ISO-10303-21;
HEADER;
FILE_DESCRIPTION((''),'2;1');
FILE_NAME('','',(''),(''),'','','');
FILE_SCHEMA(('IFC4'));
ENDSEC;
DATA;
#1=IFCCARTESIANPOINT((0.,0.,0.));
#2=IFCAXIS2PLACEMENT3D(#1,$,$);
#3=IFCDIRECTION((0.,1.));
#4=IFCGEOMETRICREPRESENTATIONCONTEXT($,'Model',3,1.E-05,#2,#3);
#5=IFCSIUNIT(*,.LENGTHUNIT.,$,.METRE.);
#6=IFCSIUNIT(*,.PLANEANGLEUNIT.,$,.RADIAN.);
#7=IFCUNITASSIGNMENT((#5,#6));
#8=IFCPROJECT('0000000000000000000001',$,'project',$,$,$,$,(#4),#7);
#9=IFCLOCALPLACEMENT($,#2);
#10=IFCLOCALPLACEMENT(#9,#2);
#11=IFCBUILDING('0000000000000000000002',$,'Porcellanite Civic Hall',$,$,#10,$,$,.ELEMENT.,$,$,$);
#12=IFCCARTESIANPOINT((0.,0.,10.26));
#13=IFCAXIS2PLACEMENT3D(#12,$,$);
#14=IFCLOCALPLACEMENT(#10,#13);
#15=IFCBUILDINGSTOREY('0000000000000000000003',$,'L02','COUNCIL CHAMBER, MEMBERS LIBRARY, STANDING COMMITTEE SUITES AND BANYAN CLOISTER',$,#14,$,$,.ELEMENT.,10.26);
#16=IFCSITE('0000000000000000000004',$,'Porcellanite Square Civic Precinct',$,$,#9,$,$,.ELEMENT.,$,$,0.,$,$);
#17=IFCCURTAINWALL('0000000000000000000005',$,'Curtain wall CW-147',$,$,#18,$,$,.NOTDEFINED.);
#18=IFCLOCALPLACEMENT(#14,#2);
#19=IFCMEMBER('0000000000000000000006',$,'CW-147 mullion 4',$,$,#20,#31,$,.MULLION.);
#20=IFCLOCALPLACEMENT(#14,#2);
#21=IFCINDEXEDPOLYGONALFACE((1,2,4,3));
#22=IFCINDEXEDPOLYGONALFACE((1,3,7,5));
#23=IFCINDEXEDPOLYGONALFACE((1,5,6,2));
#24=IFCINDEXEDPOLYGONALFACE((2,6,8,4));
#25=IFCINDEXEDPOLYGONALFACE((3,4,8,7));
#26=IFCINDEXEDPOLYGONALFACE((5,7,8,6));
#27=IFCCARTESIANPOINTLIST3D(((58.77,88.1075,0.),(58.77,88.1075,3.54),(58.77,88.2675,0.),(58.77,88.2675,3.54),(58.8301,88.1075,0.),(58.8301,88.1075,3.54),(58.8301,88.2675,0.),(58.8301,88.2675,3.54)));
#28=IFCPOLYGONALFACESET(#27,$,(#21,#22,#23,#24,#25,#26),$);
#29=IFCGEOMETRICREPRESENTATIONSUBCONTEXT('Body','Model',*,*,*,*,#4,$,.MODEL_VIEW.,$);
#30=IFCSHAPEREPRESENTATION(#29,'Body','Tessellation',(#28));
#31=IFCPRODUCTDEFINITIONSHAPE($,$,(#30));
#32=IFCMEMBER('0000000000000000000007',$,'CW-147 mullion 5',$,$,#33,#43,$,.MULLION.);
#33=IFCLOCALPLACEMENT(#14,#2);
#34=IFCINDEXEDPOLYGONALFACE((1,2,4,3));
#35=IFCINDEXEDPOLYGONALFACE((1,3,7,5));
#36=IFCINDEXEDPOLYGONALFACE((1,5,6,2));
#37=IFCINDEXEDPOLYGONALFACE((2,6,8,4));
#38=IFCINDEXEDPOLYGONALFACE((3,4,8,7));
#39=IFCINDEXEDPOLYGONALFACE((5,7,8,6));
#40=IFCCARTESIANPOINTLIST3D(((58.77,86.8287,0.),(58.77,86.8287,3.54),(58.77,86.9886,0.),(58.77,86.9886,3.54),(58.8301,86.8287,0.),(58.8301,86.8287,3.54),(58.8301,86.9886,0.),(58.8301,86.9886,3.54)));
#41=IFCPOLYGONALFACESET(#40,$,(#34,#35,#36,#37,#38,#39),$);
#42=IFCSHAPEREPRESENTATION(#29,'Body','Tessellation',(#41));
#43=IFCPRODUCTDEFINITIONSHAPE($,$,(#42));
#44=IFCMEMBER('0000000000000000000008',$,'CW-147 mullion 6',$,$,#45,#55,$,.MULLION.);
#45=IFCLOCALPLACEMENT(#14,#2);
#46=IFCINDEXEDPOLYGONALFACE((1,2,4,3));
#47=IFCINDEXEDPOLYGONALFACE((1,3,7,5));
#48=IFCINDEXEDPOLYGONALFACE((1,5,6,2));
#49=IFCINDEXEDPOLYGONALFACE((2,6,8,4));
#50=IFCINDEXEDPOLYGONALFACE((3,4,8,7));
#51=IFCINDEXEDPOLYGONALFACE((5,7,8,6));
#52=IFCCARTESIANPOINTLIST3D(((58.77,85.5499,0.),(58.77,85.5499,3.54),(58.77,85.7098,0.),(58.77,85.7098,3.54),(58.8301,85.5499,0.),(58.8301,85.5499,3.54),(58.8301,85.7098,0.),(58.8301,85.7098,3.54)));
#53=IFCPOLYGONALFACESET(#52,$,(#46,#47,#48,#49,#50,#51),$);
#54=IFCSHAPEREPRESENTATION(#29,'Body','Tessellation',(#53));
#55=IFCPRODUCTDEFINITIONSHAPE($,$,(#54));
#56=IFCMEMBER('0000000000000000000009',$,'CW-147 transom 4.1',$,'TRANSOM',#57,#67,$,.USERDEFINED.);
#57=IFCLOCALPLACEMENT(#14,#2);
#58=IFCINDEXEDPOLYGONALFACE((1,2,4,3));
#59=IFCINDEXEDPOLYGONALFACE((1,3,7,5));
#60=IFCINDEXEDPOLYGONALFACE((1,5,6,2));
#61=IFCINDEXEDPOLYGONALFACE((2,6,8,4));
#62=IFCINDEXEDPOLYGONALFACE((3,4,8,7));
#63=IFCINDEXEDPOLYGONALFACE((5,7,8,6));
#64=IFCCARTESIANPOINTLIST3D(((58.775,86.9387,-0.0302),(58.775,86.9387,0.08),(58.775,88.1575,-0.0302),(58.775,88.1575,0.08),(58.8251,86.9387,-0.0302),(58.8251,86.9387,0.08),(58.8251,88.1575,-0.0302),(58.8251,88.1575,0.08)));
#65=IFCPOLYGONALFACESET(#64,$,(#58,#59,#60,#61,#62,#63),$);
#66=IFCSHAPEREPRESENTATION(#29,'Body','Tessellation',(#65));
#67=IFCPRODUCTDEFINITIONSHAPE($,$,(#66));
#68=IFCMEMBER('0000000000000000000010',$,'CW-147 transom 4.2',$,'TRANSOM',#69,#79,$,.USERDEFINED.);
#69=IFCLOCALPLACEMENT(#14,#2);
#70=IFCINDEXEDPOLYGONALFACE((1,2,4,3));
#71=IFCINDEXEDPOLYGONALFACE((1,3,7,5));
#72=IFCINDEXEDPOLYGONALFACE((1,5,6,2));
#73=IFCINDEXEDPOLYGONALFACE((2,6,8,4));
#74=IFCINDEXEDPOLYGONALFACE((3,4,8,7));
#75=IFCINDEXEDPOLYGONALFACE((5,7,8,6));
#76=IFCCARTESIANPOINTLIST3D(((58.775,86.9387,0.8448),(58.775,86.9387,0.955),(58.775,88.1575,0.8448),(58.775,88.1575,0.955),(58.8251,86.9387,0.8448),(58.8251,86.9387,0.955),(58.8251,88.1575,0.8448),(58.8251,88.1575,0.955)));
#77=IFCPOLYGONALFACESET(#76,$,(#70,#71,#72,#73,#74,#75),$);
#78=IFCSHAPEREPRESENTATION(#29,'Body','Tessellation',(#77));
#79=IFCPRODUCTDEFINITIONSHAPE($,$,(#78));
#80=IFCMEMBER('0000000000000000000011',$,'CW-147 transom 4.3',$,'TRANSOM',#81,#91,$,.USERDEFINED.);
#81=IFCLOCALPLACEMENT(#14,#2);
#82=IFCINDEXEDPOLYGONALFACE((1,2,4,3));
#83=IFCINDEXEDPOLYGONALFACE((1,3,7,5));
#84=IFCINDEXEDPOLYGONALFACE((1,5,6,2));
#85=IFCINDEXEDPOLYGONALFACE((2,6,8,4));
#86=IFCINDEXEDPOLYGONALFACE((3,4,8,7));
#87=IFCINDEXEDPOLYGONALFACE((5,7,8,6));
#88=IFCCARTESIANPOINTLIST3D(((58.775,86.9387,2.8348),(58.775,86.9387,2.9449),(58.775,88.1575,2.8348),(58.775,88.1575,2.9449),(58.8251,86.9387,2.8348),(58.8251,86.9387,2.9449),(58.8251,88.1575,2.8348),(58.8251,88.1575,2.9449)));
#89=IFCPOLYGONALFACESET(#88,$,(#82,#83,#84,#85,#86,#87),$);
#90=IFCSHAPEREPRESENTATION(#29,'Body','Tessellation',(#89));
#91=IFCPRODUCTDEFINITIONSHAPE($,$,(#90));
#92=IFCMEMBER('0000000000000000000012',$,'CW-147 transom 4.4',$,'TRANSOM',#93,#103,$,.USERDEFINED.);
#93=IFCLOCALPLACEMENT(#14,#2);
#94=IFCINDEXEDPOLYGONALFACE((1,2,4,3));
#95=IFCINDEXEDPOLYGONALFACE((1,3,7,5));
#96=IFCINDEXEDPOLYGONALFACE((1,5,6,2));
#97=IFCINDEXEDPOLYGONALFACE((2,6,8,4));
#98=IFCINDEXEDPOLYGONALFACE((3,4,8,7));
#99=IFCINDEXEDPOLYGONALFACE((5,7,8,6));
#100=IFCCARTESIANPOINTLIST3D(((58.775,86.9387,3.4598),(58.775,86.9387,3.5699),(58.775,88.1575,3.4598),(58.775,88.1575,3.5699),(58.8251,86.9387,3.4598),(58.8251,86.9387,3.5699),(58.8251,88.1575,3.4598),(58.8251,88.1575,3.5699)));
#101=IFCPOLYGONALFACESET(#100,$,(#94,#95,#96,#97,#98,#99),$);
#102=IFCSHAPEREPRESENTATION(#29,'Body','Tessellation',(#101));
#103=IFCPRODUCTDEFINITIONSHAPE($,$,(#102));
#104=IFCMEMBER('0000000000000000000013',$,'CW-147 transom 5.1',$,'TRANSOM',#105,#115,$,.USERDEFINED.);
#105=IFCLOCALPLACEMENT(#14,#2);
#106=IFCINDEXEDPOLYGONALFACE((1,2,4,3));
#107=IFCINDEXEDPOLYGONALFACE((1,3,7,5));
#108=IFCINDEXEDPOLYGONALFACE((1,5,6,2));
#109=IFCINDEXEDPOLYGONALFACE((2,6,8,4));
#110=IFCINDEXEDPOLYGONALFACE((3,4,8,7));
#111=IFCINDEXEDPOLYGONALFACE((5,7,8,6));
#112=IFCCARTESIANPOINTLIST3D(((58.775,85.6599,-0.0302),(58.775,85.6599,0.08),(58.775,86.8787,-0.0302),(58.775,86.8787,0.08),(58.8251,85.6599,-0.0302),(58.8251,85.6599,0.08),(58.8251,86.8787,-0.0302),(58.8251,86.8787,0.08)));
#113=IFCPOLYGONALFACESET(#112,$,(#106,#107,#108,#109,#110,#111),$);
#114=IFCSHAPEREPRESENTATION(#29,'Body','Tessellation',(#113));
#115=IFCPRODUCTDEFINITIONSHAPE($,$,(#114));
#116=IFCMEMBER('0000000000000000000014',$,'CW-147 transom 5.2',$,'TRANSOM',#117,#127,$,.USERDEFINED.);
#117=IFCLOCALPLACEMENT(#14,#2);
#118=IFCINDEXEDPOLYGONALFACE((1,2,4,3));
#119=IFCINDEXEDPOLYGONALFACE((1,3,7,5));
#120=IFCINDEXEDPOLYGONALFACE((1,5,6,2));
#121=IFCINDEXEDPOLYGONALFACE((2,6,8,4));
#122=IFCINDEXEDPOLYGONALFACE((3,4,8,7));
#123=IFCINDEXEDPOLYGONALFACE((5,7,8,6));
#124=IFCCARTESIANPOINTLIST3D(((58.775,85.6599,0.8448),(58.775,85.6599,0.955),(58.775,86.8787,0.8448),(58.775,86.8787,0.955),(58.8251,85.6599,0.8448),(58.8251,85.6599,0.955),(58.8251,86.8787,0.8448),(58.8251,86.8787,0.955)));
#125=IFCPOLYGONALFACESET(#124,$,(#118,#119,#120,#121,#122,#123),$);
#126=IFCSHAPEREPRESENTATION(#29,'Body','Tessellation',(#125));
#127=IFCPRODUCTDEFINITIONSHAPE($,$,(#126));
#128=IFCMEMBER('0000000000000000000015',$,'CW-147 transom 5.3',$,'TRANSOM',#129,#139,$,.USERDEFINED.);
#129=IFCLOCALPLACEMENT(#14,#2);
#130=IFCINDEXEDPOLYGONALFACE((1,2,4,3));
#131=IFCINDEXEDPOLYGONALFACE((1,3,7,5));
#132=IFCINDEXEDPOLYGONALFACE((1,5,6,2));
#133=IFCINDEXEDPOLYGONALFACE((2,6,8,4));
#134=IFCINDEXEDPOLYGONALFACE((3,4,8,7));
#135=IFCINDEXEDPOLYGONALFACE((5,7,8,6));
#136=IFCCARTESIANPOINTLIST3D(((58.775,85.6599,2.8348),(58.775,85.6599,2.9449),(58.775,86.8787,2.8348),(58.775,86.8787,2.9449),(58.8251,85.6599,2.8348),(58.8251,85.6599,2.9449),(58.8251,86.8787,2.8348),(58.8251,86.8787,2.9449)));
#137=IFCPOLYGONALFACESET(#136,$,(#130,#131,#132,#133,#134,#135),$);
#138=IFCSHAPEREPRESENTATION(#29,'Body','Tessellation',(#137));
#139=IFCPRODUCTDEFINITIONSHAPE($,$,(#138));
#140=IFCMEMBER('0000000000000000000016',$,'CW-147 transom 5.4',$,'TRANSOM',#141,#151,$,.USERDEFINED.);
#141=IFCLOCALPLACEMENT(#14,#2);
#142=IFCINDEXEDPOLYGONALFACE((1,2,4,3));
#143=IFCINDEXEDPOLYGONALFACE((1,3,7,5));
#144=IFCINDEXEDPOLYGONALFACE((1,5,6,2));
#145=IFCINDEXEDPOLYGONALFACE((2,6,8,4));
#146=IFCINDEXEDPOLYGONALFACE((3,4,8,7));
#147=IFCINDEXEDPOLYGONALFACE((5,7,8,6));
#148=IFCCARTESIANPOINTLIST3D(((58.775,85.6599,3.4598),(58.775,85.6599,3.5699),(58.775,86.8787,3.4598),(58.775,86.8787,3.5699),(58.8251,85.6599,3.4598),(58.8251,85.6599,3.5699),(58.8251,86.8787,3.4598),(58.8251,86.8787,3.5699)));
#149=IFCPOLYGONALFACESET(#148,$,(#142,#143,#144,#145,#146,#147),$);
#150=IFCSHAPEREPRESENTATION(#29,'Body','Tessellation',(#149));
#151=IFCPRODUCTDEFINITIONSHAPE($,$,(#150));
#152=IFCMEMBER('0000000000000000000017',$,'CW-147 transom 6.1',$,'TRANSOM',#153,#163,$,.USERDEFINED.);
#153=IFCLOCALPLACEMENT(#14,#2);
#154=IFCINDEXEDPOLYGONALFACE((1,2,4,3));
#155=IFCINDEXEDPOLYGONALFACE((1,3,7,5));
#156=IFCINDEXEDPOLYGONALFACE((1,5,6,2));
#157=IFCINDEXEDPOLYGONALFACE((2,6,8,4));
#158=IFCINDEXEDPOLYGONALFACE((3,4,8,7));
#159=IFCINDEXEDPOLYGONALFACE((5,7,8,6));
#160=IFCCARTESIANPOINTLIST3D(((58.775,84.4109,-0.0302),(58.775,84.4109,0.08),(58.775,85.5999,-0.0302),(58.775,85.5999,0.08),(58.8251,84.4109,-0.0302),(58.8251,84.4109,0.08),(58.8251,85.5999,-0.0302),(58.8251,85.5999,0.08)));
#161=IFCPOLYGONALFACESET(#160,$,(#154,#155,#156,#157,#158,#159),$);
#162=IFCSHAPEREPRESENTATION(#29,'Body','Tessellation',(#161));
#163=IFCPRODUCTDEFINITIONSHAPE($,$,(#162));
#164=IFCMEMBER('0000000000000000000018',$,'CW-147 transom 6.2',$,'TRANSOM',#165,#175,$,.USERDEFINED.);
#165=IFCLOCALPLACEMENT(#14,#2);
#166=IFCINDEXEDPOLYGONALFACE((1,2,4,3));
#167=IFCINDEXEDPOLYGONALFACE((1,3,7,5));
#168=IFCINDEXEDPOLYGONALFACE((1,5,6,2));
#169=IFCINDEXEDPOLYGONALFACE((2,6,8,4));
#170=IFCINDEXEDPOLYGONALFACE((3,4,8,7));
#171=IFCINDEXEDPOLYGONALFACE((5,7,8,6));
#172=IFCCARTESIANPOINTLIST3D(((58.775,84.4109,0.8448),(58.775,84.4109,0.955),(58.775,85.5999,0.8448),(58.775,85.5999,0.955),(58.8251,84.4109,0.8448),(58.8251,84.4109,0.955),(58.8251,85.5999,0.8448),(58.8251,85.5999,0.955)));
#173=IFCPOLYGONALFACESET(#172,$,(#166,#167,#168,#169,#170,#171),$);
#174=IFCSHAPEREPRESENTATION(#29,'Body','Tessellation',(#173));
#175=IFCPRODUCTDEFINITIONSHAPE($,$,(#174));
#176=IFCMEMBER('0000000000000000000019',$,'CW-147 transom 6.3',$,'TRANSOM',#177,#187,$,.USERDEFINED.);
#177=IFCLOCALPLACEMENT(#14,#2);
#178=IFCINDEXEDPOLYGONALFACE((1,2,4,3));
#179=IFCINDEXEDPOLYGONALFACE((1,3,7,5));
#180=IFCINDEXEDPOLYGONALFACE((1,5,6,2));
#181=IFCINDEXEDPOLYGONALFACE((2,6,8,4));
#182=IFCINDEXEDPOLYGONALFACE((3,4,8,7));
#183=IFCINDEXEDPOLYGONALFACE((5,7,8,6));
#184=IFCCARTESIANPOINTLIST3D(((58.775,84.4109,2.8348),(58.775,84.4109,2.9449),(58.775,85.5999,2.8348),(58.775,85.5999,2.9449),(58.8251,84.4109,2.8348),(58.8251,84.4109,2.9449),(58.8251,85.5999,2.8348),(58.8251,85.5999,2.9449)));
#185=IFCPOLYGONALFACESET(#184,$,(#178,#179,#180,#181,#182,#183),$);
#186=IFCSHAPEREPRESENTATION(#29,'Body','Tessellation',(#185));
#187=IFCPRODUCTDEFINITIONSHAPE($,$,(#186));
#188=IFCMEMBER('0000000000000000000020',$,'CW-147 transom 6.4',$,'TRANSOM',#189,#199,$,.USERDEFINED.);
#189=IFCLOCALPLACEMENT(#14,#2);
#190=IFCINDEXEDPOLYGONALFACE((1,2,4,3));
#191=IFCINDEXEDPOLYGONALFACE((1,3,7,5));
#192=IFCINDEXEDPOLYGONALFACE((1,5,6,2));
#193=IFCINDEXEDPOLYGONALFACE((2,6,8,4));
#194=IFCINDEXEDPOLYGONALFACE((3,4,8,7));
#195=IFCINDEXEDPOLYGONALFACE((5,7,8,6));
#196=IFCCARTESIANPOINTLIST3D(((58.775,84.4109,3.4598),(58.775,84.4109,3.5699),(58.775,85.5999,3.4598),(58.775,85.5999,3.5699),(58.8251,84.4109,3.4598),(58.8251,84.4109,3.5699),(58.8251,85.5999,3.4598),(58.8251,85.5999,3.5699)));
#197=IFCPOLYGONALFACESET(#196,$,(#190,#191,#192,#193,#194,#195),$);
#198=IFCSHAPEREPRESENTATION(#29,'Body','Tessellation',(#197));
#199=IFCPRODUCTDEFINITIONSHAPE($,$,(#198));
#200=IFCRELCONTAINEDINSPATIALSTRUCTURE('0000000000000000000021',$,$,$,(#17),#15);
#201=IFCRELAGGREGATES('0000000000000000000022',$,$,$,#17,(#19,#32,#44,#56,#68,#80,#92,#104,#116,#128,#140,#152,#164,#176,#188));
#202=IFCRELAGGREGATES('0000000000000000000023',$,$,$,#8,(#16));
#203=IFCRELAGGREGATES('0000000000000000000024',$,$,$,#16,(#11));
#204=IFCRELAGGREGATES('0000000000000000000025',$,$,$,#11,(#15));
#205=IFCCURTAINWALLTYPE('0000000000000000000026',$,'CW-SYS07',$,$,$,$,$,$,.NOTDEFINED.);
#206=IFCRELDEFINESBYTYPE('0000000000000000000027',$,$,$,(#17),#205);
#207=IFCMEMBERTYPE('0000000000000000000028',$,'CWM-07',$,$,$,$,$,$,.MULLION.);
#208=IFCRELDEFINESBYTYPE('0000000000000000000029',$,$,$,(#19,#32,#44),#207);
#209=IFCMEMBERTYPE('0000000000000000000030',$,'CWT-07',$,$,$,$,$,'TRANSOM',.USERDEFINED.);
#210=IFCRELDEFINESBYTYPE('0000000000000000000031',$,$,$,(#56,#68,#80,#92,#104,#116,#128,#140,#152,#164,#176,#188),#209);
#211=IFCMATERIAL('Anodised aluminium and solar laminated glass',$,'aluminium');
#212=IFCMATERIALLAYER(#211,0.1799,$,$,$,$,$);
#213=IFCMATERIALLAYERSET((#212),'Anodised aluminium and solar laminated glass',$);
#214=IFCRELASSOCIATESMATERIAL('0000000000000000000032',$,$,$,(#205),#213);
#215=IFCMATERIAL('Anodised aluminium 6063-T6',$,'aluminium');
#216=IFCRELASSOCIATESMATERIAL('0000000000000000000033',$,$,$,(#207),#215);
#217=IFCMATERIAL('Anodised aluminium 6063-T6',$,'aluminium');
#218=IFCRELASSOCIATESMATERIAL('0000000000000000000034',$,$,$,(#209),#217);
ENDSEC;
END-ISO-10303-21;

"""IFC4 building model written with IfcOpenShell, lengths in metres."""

from ifc_helpers import new_model, si_unit, direction, frame, origin, origin_2d, place, context, subcontext, project, spatial, rectangle, extrude, material, layer, layer_set, material_profile, profile_set, type_object, element, aggregate, save


model = new_model("IFC4")

# Units and contexts
model_context = context("Model", 3, precision=1e-05, world=origin(), true_north=direction((0.0, 1.0)))
body_context = subcontext(model_context, "Body", "Model", "MODEL_VIEW")
ifc_project = project(units=[si_unit("LENGTHUNIT", "METRE"), si_unit("PLANEANGLEUNIT", "RADIAN")], contexts=[model_context])

# Site, building, storey
site_placement = place(None, origin())
site = spatial("IfcSite", under=ifc_project, at=site_placement, Name="Porcellanite Square Civic Precinct", CompositionType="ELEMENT", RefElevation=0.0)
building_placement = place(site_placement, origin())
building = spatial("IfcBuilding", under=site, at=building_placement, Name="Porcellanite Civic Hall", CompositionType="ELEMENT")
storey_placement = place(building_placement, frame((0.0, 0.0, 10.26)))
storey = spatial("IfcBuildingStorey", under=building, at=storey_placement, Name="L02", Description="COUNCIL CHAMBER, MEMBERS LIBRARY, STANDING COMMITTEE SUITES AND BANYAN CLOISTER", CompositionType="ELEMENT", Elevation=10.26)

# Curtain wall, members
ifc_material_1 = material(Name="Anodised aluminium and solar laminated glass", Category="aluminium")
ifc_layer_1 = layer(ifc_material_1, 0.1799)
ifc_layer_set_1 = layer_set([ifc_layer_1], Name="Anodised aluminium and solar laminated glass")
curtain_wall_type = type_object("IfcCurtainWallType", Name="CW-SYS07", PredefinedType="NOTDEFINED", material=ifc_layer_set_1)
curtain_wall_placement = place(storey_placement, origin())
curtain_wall = element("IfcCurtainWall", 1, at=curtain_wall_placement, inside=storey, type_object=curtain_wall_type, Name="Curtain wall CW-147", PredefinedType="NOTDEFINED")
ifc_material_2 = material(Name="Anodised aluminium 6063-T6", Category="aluminium")
ifc_material_profile_1 = material_profile(ifc_material_2, rectangle(XDim=0.0601, YDim=0.1599, at=origin_2d()), Name="AL-60x160")
ifc_profile_set_1 = profile_set([ifc_material_profile_1], Name="Anodised aluminium 6063-T6")
member_type_1 = type_object("IfcMemberType", Name="CWM-07", PredefinedType="MULLION", material=ifc_profile_set_1)
member_1_placement = place(storey_placement, frame((58.8, 88.1875, 0.0), z_axis=(0.0, 0.0, 1.0), x_axis=(1.0, 0.0, 0.0)))
member_1 = element("IfcMember", 2, at=member_1_placement, type_object=member_type_1, Name="CW-147 mullion 4", PredefinedType="MULLION", context=body_context, shape_type="SweptSolid", body=[
    extrude(rectangle(XDim=0.0601, YDim=0.1599, at=origin_2d()), origin(), (0.0, 0.0, 1.0), 3.54),
])
member_2_placement = place(storey_placement, frame((58.8, 86.9087, 0.0), z_axis=(0.0, 0.0, 1.0), x_axis=(1.0, 0.0, 0.0)))
member_2 = element("IfcMember", 3, at=member_2_placement, type_object=member_type_1, Name="CW-147 mullion 5", PredefinedType="MULLION", context=body_context, shape_type="SweptSolid", body=[
    extrude(rectangle(XDim=0.0601, YDim=0.1599, at=origin_2d()), origin(), (0.0, 0.0, 1.0), 3.54),
])
member_3_placement = place(storey_placement, frame((58.8, 85.6299, 0.0), z_axis=(0.0, 0.0, 1.0), x_axis=(1.0, 0.0, 0.0)))
member_3 = element("IfcMember", 4, at=member_3_placement, type_object=member_type_1, Name="CW-147 mullion 6", PredefinedType="MULLION", context=body_context, shape_type="SweptSolid", body=[
    extrude(rectangle(XDim=0.0601, YDim=0.1599, at=origin_2d()), origin(), (0.0, 0.0, 1.0), 3.54),
])
ifc_material_3 = material(Name="Anodised aluminium 6063-T6", Category="aluminium")
ifc_material_profile_2 = material_profile(ifc_material_3, rectangle(XDim=0.05, YDim=0.1101, at=origin_2d()), Name="AL-50x110")
ifc_profile_set_2 = profile_set([ifc_material_profile_2], Name="Anodised aluminium 6063-T6")
member_type_2 = type_object("IfcMemberType", Name="CWT-07", ElementType="TRANSOM", PredefinedType="USERDEFINED", material=ifc_profile_set_2)
member_4_placement = place(storey_placement, frame((58.8, 88.1575, 0.0249), z_axis=(0.0, -1.0, 0.0), x_axis=(1.0, 0.0, 0.0)))
member_4 = element("IfcMember", 5, at=member_4_placement, type_object=member_type_2, Name="CW-147 transom 4.1", ObjectType="TRANSOM", PredefinedType="USERDEFINED", context=body_context, shape_type="SweptSolid", body=[
    extrude(rectangle(XDim=0.05, YDim=0.1101, at=origin_2d()), origin(), (0.0, 0.0, 1.0), 1.2188),
])
member_5_placement = place(storey_placement, frame((58.8, 88.1575, 0.8999), z_axis=(0.0, -1.0, 0.0), x_axis=(1.0, 0.0, 0.0)))
member_5 = element("IfcMember", 6, at=member_5_placement, type_object=member_type_2, Name="CW-147 transom 4.2", ObjectType="TRANSOM", PredefinedType="USERDEFINED", context=body_context, shape_type="SweptSolid", body=[
    extrude(rectangle(XDim=0.05, YDim=0.1101, at=origin_2d()), origin(), (0.0, 0.0, 1.0), 1.2188),
])
member_6_placement = place(storey_placement, frame((58.8, 88.1575, 2.8899), z_axis=(0.0, -1.0, 0.0), x_axis=(1.0, 0.0, 0.0)))
member_6 = element("IfcMember", 7, at=member_6_placement, type_object=member_type_2, Name="CW-147 transom 4.3", ObjectType="TRANSOM", PredefinedType="USERDEFINED", context=body_context, shape_type="SweptSolid", body=[
    extrude(rectangle(XDim=0.05, YDim=0.1101, at=origin_2d()), origin(), (0.0, 0.0, 1.0), 1.2188),
])
member_7_placement = place(storey_placement, frame((58.8, 88.1575, 3.5149), z_axis=(0.0, -1.0, 0.0), x_axis=(1.0, 0.0, 0.0)))
member_7 = element("IfcMember", 8, at=member_7_placement, type_object=member_type_2, Name="CW-147 transom 4.4", ObjectType="TRANSOM", PredefinedType="USERDEFINED", context=body_context, shape_type="SweptSolid", body=[
    extrude(rectangle(XDim=0.05, YDim=0.1101, at=origin_2d()), origin(), (0.0, 0.0, 1.0), 1.2188),
])
member_8_placement = place(storey_placement, frame((58.8, 86.8787, 0.0249), z_axis=(0.0, -1.0, 0.0), x_axis=(1.0, 0.0, 0.0)))
member_8 = element("IfcMember", 9, at=member_8_placement, type_object=member_type_2, Name="CW-147 transom 5.1", ObjectType="TRANSOM", PredefinedType="USERDEFINED", context=body_context, shape_type="SweptSolid", body=[
    extrude(rectangle(XDim=0.05, YDim=0.1101, at=origin_2d()), origin(), (0.0, 0.0, 1.0), 1.2188),
])
member_9_placement = place(storey_placement, frame((58.8, 86.8787, 0.8999), z_axis=(0.0, -1.0, 0.0), x_axis=(1.0, 0.0, 0.0)))
member_9 = element("IfcMember", 10, at=member_9_placement, type_object=member_type_2, Name="CW-147 transom 5.2", ObjectType="TRANSOM", PredefinedType="USERDEFINED", context=body_context, shape_type="SweptSolid", body=[
    extrude(rectangle(XDim=0.05, YDim=0.1101, at=origin_2d()), origin(), (0.0, 0.0, 1.0), 1.2188),
])
member_10_placement = place(storey_placement, frame((58.8, 86.8787, 2.8899), z_axis=(0.0, -1.0, 0.0), x_axis=(1.0, 0.0, 0.0)))
member_10 = element("IfcMember", 11, at=member_10_placement, type_object=member_type_2, Name="CW-147 transom 5.3", ObjectType="TRANSOM", PredefinedType="USERDEFINED", context=body_context, shape_type="SweptSolid", body=[
    extrude(rectangle(XDim=0.05, YDim=0.1101, at=origin_2d()), origin(), (0.0, 0.0, 1.0), 1.2188),
])
member_11_placement = place(storey_placement, frame((58.8, 86.8787, 3.5149), z_axis=(0.0, -1.0, 0.0), x_axis=(1.0, 0.0, 0.0)))
member_11 = element("IfcMember", 12, at=member_11_placement, type_object=member_type_2, Name="CW-147 transom 5.4", ObjectType="TRANSOM", PredefinedType="USERDEFINED", context=body_context, shape_type="SweptSolid", body=[
    extrude(rectangle(XDim=0.05, YDim=0.1101, at=origin_2d()), origin(), (0.0, 0.0, 1.0), 1.2188),
])
member_12_placement = place(storey_placement, frame((58.8, 85.5999, 0.0249), z_axis=(0.0, -1.0, 0.0), x_axis=(1.0, 0.0, 0.0)))
member_12 = element("IfcMember", 13, at=member_12_placement, type_object=member_type_2, Name="CW-147 transom 6.1", ObjectType="TRANSOM", PredefinedType="USERDEFINED", context=body_context, shape_type="SweptSolid", body=[
    extrude(rectangle(XDim=0.05, YDim=0.1101, at=origin_2d()), origin(), (0.0, 0.0, 1.0), 1.189),
])
member_13_placement = place(storey_placement, frame((58.8, 85.5999, 0.8999), z_axis=(0.0, -1.0, 0.0), x_axis=(1.0, 0.0, 0.0)))
member_13 = element("IfcMember", 14, at=member_13_placement, type_object=member_type_2, Name="CW-147 transom 6.2", ObjectType="TRANSOM", PredefinedType="USERDEFINED", context=body_context, shape_type="SweptSolid", body=[
    extrude(rectangle(XDim=0.05, YDim=0.1101, at=origin_2d()), origin(), (0.0, 0.0, 1.0), 1.189),
])
member_14_placement = place(storey_placement, frame((58.8, 85.5999, 2.8899), z_axis=(0.0, -1.0, 0.0), x_axis=(1.0, 0.0, 0.0)))
member_14 = element("IfcMember", 15, at=member_14_placement, type_object=member_type_2, Name="CW-147 transom 6.3", ObjectType="TRANSOM", PredefinedType="USERDEFINED", context=body_context, shape_type="SweptSolid", body=[
    extrude(rectangle(XDim=0.05, YDim=0.1101, at=origin_2d()), origin(), (0.0, 0.0, 1.0), 1.189),
])
member_15_placement = place(storey_placement, frame((58.8, 85.5999, 3.5149), z_axis=(0.0, -1.0, 0.0), x_axis=(1.0, 0.0, 0.0)))
member_15 = element("IfcMember", 16, at=member_15_placement, type_object=member_type_2, Name="CW-147 transom 6.4", ObjectType="TRANSOM", PredefinedType="USERDEFINED", context=body_context, shape_type="SweptSolid", body=[
    extrude(rectangle(XDim=0.05, YDim=0.1101, at=origin_2d()), origin(), (0.0, 0.0, 1.0), 1.189),
])
aggregate(curtain_wall, [member_1, member_2, member_3, member_4, member_5, member_6, member_7, member_8, member_9, member_10, member_11, member_12, member_13, member_14, member_15])

save(model, "model.ifc")
